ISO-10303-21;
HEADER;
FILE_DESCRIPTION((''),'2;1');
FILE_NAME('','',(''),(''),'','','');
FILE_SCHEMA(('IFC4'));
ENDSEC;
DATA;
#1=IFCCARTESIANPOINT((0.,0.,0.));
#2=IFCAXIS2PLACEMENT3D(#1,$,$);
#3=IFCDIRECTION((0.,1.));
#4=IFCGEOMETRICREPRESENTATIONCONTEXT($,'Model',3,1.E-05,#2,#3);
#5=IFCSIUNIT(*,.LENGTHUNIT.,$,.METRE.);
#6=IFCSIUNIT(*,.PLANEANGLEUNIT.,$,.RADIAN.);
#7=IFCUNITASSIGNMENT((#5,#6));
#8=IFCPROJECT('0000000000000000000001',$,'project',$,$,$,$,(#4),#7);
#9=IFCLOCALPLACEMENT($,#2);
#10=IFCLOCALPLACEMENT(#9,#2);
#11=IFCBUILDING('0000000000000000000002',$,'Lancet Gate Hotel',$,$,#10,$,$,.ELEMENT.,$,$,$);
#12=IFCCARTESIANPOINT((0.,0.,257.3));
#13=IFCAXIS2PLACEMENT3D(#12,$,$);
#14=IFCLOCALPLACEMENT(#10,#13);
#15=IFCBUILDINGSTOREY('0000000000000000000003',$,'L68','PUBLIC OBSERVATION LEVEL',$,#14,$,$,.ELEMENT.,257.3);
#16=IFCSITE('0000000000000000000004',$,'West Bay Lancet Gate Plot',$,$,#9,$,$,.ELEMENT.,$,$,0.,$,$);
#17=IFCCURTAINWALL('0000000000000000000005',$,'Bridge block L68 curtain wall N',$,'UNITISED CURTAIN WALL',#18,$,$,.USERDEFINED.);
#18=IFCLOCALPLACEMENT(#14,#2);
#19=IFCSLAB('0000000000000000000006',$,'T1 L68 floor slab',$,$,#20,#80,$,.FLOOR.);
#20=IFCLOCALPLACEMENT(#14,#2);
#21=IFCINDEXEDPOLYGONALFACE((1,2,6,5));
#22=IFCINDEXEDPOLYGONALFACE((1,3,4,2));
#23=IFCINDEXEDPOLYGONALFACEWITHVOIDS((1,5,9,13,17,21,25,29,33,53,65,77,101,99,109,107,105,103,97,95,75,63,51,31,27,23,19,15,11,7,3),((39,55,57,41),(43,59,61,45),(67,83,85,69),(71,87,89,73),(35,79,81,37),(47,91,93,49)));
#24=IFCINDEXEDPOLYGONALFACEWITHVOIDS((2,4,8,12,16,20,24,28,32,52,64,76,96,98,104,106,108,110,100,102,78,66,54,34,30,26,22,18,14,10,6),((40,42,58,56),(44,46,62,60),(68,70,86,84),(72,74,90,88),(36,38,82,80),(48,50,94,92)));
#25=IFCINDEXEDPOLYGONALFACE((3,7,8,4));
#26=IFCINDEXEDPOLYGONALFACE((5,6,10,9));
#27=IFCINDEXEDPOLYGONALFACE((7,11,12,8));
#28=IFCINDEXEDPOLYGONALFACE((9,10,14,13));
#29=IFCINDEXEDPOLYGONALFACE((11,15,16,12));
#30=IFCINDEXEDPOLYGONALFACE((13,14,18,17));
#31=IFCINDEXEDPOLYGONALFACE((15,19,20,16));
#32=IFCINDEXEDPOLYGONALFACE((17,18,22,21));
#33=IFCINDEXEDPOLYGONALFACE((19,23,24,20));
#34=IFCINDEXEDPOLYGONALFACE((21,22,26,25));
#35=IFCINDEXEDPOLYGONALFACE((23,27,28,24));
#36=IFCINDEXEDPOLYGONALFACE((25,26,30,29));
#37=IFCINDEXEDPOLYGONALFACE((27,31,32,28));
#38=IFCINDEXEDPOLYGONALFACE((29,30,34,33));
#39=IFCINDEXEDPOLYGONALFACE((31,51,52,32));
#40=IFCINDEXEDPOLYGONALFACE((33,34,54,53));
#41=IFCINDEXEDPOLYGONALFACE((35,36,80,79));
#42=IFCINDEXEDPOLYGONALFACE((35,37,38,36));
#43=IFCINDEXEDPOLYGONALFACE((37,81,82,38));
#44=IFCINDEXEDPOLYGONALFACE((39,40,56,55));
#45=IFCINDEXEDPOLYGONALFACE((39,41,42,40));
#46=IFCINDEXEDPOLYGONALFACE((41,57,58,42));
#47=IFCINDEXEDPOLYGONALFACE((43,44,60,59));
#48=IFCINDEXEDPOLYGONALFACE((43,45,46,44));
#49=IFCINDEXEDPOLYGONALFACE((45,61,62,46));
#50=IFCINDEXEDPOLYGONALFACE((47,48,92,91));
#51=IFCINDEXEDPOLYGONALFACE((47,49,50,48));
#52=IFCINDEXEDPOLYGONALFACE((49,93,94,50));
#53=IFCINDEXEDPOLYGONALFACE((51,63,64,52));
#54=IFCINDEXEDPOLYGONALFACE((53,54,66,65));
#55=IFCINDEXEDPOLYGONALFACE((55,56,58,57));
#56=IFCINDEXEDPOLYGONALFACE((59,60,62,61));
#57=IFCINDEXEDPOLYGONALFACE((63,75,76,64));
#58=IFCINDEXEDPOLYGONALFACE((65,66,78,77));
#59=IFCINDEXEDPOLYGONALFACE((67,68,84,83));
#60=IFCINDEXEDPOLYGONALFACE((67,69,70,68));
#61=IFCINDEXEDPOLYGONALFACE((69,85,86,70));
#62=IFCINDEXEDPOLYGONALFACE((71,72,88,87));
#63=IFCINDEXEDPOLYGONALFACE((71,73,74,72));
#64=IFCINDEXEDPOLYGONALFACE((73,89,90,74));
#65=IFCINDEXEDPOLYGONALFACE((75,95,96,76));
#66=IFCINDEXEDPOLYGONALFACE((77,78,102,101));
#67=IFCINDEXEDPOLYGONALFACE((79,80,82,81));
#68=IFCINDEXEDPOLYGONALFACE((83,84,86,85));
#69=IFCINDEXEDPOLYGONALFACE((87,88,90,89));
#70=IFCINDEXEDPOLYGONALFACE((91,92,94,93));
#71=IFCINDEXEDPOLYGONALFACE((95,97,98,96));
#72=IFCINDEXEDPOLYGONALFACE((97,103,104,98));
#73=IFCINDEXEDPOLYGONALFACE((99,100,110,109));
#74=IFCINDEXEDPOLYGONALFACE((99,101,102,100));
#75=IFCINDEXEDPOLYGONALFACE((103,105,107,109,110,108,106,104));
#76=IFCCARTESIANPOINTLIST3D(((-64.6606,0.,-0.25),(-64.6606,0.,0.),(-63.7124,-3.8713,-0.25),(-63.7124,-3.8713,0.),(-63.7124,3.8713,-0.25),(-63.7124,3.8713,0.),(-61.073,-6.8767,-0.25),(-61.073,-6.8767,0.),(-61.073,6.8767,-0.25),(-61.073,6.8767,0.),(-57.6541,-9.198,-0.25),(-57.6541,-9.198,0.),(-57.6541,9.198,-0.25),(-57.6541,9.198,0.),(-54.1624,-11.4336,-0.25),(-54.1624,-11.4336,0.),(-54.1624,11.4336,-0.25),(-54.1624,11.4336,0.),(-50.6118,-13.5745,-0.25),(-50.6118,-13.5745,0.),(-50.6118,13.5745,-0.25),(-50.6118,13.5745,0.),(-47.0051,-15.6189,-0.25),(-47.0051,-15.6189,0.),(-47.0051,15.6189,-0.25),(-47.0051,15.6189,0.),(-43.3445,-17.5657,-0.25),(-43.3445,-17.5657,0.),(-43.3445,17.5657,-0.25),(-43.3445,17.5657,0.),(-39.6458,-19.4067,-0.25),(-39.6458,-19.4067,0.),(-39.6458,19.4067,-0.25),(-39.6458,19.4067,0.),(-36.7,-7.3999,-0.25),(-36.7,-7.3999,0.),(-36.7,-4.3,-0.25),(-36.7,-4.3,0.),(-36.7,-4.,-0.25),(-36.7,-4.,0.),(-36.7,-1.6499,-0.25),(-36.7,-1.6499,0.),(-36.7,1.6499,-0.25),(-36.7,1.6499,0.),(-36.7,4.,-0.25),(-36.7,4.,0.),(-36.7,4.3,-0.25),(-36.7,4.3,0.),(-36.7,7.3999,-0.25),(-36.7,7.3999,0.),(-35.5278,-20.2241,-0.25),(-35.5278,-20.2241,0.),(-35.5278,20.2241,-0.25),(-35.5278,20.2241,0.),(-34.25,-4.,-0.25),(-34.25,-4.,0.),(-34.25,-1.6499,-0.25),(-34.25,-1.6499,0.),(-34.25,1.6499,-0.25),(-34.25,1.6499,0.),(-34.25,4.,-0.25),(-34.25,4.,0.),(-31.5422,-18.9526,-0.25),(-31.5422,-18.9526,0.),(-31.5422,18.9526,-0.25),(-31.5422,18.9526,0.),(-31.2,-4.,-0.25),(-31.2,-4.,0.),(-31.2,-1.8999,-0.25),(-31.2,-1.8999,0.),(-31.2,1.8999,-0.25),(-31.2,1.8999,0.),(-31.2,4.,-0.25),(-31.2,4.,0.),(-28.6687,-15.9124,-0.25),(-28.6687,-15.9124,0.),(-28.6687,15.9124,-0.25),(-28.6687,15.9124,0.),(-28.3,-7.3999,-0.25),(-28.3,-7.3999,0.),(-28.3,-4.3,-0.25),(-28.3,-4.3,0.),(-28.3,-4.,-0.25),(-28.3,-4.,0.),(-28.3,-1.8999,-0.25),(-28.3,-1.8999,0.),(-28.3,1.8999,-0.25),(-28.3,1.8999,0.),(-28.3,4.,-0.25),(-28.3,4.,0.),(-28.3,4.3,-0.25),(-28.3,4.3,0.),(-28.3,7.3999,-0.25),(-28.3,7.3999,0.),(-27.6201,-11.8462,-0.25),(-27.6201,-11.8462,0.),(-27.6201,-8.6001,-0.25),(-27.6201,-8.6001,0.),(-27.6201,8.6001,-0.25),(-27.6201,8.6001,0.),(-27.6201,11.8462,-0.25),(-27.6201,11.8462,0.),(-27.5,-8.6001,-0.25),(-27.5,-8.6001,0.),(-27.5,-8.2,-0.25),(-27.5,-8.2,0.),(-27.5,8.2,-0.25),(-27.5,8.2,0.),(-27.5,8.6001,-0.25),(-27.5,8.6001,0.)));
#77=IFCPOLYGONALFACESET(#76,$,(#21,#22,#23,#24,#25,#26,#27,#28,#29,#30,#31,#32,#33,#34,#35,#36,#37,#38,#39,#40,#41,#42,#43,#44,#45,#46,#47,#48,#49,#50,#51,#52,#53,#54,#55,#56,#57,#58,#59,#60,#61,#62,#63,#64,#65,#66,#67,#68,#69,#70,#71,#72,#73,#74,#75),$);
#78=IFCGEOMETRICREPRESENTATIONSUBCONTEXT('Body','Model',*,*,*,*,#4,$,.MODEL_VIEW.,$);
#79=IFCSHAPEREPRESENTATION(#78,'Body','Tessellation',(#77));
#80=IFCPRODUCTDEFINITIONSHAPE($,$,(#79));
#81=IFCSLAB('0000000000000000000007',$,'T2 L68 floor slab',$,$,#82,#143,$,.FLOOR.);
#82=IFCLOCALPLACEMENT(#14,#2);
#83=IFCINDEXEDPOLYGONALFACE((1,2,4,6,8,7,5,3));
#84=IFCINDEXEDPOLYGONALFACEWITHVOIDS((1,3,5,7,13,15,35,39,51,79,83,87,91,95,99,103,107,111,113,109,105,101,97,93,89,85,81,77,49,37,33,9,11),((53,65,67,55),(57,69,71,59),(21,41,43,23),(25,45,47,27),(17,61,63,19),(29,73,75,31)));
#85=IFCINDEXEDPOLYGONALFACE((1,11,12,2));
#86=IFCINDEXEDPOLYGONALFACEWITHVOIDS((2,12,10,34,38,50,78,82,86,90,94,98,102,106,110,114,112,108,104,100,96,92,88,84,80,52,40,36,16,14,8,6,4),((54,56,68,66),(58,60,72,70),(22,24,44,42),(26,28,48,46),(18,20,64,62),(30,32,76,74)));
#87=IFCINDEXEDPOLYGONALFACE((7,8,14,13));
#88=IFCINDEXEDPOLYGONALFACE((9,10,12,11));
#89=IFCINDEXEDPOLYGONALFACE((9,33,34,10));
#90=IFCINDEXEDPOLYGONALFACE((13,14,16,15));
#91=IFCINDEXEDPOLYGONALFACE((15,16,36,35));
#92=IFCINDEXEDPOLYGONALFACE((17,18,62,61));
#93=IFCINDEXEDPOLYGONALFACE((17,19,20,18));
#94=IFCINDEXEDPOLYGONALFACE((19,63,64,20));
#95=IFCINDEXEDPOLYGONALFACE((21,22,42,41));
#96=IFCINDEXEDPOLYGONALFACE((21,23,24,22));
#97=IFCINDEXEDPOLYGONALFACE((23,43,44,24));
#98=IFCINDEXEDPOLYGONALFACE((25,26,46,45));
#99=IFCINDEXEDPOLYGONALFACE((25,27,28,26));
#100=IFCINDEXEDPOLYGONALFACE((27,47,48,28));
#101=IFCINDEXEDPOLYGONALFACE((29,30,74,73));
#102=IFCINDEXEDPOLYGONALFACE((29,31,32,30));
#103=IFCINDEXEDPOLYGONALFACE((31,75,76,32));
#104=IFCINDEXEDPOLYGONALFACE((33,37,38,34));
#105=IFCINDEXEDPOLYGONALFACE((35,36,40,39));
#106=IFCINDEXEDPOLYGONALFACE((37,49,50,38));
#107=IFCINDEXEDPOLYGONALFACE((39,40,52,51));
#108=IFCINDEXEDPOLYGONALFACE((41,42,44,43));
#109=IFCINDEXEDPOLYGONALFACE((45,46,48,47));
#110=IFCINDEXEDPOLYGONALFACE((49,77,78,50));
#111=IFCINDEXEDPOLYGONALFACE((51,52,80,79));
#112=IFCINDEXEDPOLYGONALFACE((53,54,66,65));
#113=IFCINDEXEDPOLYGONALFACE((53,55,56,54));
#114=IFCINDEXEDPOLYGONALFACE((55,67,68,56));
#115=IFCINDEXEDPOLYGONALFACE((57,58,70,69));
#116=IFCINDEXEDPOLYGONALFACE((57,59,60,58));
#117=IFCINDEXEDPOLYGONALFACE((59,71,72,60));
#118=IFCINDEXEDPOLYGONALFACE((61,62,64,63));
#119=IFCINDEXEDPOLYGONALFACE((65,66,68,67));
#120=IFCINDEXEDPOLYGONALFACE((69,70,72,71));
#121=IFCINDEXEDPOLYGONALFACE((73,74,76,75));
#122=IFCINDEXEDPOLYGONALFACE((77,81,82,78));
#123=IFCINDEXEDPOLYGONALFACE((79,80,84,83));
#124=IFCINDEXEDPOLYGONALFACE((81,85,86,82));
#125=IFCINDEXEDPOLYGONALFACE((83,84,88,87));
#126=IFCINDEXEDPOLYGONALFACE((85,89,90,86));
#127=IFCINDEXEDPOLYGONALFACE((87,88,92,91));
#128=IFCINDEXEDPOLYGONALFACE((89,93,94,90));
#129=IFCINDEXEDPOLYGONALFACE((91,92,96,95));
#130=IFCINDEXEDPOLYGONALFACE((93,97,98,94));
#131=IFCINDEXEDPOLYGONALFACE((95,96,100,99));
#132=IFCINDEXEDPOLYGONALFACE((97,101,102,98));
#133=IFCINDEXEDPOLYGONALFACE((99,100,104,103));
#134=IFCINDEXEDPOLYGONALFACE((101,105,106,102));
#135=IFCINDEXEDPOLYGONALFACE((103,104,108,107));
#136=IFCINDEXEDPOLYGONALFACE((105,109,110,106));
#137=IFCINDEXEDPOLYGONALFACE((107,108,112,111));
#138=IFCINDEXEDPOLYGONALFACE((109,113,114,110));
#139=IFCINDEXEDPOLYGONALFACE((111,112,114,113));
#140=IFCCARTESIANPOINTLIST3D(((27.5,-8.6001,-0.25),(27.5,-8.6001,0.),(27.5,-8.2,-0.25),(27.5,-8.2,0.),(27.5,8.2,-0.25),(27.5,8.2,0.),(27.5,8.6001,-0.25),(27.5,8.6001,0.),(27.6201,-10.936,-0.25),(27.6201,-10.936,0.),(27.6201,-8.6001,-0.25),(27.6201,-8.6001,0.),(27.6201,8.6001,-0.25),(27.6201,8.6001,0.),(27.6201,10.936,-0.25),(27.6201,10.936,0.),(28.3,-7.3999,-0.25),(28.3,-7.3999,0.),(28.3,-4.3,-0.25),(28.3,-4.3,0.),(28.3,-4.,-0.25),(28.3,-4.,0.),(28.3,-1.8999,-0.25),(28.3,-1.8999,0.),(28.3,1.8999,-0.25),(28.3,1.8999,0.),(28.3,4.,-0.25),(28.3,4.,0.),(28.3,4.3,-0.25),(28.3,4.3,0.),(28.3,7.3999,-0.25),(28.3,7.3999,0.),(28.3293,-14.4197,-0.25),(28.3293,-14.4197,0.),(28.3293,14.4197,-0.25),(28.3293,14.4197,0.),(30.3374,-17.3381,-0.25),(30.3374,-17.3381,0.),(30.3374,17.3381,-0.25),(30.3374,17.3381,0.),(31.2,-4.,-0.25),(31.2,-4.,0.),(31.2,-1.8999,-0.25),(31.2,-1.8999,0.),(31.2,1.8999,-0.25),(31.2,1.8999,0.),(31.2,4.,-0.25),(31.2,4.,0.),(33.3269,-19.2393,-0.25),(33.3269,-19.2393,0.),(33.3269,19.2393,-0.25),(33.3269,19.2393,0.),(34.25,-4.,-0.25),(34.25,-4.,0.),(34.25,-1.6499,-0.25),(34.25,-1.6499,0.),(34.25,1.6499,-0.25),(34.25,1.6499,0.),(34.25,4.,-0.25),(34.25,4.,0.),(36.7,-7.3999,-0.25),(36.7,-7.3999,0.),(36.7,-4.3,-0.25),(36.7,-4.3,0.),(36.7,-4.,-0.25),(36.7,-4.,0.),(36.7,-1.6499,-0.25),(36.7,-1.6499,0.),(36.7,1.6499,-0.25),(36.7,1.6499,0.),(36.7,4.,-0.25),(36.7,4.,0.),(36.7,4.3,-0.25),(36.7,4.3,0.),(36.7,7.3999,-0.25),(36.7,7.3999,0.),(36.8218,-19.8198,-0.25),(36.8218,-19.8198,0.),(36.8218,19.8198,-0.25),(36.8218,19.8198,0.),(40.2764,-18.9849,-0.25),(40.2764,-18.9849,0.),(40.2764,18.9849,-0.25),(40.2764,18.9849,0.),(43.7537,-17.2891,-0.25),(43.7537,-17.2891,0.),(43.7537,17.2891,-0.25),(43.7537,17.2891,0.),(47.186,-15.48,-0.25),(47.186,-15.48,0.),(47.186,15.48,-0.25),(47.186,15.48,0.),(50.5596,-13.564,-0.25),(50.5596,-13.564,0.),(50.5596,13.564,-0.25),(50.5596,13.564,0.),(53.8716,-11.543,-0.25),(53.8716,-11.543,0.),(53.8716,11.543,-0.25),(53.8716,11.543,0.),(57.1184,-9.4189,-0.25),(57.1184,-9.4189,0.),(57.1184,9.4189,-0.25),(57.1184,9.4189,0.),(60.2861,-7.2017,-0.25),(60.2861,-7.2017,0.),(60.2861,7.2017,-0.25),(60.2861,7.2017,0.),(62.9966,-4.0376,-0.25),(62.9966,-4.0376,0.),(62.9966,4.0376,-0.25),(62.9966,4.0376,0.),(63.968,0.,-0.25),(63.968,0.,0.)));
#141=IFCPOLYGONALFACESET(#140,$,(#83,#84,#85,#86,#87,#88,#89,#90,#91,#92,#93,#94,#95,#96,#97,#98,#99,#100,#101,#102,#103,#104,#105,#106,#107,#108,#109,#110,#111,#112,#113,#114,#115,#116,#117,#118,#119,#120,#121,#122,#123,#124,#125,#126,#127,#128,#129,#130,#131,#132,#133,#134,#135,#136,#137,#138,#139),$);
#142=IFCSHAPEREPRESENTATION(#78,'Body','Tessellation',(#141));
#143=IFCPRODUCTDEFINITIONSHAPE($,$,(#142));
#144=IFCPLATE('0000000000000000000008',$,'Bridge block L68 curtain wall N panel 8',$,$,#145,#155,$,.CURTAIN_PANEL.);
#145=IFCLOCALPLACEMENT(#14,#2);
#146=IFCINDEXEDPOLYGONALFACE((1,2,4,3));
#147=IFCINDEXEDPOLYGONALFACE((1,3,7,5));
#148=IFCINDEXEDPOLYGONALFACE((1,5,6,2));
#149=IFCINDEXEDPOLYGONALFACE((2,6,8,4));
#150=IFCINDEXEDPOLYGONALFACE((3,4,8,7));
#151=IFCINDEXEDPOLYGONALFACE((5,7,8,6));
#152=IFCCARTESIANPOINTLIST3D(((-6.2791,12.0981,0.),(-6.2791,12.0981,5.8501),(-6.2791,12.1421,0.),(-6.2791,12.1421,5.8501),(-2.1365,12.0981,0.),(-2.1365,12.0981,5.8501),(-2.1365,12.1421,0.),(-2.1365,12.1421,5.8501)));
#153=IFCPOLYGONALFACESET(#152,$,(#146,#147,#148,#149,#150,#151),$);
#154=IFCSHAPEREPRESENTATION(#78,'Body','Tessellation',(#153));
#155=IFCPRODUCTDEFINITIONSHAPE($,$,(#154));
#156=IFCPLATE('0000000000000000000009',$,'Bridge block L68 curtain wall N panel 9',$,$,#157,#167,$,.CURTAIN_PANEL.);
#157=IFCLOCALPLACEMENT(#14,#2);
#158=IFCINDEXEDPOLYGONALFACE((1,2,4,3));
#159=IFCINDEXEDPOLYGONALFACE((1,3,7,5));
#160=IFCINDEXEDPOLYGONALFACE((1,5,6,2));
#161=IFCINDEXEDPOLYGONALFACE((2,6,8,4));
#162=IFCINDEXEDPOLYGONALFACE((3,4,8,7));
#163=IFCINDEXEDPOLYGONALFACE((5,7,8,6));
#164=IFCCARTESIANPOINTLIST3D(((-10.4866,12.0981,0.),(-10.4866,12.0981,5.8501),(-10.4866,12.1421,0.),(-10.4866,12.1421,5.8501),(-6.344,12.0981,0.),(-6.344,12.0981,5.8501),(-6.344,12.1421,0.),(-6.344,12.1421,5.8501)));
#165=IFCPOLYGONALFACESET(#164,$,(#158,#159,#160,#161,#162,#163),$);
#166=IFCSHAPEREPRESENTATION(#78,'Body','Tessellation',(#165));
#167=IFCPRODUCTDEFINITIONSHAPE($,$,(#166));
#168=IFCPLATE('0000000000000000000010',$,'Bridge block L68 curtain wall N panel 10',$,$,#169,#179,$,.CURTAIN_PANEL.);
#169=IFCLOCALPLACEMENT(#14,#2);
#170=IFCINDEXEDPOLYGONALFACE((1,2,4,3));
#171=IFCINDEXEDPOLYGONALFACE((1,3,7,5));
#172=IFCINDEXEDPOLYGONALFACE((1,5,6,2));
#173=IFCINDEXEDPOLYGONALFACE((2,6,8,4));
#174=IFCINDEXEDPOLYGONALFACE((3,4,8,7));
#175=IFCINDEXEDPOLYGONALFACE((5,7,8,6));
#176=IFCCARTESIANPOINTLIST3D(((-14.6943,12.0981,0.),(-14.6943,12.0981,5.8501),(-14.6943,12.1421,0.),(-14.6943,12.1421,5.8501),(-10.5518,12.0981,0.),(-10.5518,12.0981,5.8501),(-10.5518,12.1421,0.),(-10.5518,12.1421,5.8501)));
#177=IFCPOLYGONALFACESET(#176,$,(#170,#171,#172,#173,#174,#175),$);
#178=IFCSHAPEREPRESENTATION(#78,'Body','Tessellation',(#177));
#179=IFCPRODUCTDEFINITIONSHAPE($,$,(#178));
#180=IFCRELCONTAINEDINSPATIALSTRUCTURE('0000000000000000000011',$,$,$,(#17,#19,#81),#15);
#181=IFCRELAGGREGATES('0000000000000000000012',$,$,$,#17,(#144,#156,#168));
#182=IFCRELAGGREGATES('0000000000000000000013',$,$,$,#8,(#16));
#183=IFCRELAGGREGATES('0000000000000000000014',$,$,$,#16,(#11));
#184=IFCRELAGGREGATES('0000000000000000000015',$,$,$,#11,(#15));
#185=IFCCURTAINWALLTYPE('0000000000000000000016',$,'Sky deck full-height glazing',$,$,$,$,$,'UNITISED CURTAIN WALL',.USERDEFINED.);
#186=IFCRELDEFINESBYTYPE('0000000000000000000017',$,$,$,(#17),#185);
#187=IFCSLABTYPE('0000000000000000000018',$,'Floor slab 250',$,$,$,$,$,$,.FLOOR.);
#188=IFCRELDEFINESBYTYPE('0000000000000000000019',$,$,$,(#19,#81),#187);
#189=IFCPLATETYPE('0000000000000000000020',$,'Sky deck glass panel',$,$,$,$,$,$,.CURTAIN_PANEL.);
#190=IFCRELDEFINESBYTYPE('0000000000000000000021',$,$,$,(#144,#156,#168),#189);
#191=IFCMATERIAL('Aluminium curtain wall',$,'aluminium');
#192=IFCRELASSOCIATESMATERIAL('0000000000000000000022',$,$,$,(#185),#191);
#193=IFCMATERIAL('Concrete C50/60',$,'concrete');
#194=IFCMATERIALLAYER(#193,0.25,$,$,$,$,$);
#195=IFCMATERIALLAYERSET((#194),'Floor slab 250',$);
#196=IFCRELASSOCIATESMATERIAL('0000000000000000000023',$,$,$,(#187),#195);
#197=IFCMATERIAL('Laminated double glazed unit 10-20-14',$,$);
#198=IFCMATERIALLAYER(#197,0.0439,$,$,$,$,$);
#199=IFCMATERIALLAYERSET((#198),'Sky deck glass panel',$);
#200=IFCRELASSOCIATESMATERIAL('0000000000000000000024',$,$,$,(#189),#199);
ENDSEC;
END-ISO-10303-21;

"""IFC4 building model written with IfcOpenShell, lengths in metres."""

from ifc_helpers import new_model, si_unit, direction, frame, origin, origin_2d, place, context, subcontext, project, spatial, polyline, rectangle, outline, extrude, material, layer, layer_set, type_object, element, aggregate, save


model = new_model("IFC4")

# Units and contexts
model_context = context("Model", 3, precision=1e-05, world=origin(), true_north=direction((0.0, 1.0)))
body_context = subcontext(model_context, "Body", "Model", "MODEL_VIEW")
ifc_project = project(units=[si_unit("LENGTHUNIT", "METRE"), si_unit("PLANEANGLEUNIT", "RADIAN")], contexts=[model_context])

# Site, building, storey
site_placement = place(None, origin())
site = spatial("IfcSite", under=ifc_project, at=site_placement, Name="West Bay Lancet Gate Plot", CompositionType="ELEMENT", RefElevation=0.0)
building_placement = place(site_placement, origin())
building = spatial("IfcBuilding", under=site, at=building_placement, Name="Lancet Gate Hotel", CompositionType="ELEMENT")
storey_placement = place(building_placement, frame((0.0, 0.0, 257.3)))
storey = spatial("IfcBuildingStorey", under=building, at=storey_placement, Name="L68", Description="PUBLIC OBSERVATION LEVEL", CompositionType="ELEMENT", Elevation=257.3)

# Curtain wall
ifc_material_1 = material(Name="Aluminium curtain wall", Category="aluminium")
curtain_wall_type = type_object("IfcCurtainWallType", Name="Sky deck full-height glazing", ElementType="UNITISED CURTAIN WALL", PredefinedType="USERDEFINED", material=ifc_material_1)
curtain_wall_placement = place(storey_placement, origin())
curtain_wall = element("IfcCurtainWall", 1, at=curtain_wall_placement, inside=storey, type_object=curtain_wall_type, Name="Bridge block L68 curtain wall N", ObjectType="UNITISED CURTAIN WALL", PredefinedType="USERDEFINED")

# Slabs
ifc_material_2 = material(Name="Concrete C50/60", Category="concrete")
ifc_layer_1 = layer(ifc_material_2, 0.25)
ifc_layer_set_1 = layer_set([ifc_layer_1], Name="Floor slab 250")
slab_type_1 = type_object("IfcSlabType", Name="Floor slab 250", PredefinedType="FLOOR", material=ifc_layer_set_1)
slab_1_placement = place(storey_placement, frame((0.0, 0.0, -0.25)))
element("IfcSlab", 2, at=slab_1_placement, inside=storey, type_object=slab_type_1, Name="T1 L68 floor slab", PredefinedType="FLOOR", context=body_context, shape_type="SweptSolid", body=[
    extrude(outline(polyline([(-27.6201, 8.6001), (-27.6201, 11.8462), (-28.6687, 15.9124), (-31.5422, 18.9526), (-35.5278, 20.2241), (-39.6458, 19.4067), (-43.3445, 17.5657), (-47.0051, 15.6189), (-50.6118, 13.5745), (-54.1624, 11.4336), (-57.6541, 9.198), (-61.073, 6.8767), (-63.7124, 3.8713), (-64.6606, 0.0), (-63.7124, -3.8713), (-61.073, -6.8767), (-57.6541, -9.198), (-54.1624, -11.4336), (-50.6118, -13.5745), (-47.0051, -15.6189), (-43.3445, -17.5657), (-39.6458, -19.4067), (-35.5278, -20.2241), (-31.5422, -18.9526), (-28.6687, -15.9124), (-27.6201, -11.8462), (-27.6201, -8.6001), (-27.5, -8.6001), (-27.5, -8.2), (-27.5, 8.2), (-27.5, 8.6001), (-27.6201, 8.6001)]), holes=[polyline([(-28.3, 7.3999), (-36.7, 7.3999), (-36.7, 4.3), (-28.3, 4.3), (-28.3, 7.3999)]), polyline([(-28.3, 1.8999), (-28.3, 4.0), (-31.2, 4.0), (-31.2, 1.8999), (-28.3, 1.8999)]), polyline([(-34.25, 1.6499), (-34.25, 4.0), (-36.7, 4.0), (-36.7, 1.6499), (-34.25, 1.6499)]), polyline([(-34.25, -1.6499), (-36.7, -1.6499), (-36.7, -4.0), (-34.25, -4.0), (-34.25, -1.6499)]), polyline([(-28.3, -4.0), (-28.3, -1.8999), (-31.2, -1.8999), (-31.2, -4.0), (-28.3, -4.0)]), polyline([(-28.3, -7.3999), (-28.3, -4.3), (-36.7, -4.3), (-36.7, -7.3999), (-28.3, -7.3999)])]), origin(), (0.0, 0.0, 1.0), 0.25),
])
slab_2_placement = place(storey_placement, frame((0.0, 0.0, -0.25)))
element("IfcSlab", 3, at=slab_2_placement, inside=storey, type_object=slab_type_1, Name="T2 L68 floor slab", PredefinedType="FLOOR", context=body_context, shape_type="SweptSolid", body=[
    extrude(outline(polyline([(27.6201, -8.6001), (27.6201, -10.936), (28.3293, -14.4197), (30.3374, -17.3381), (33.3269, -19.2393), (36.8218, -19.8198), (40.2764, -18.9849), (43.7537, -17.2891), (47.186, -15.48), (50.5596, -13.564), (53.8716, -11.543), (57.1184, -9.4189), (60.2861, -7.2017), (62.9966, -4.0376), (63.968, 0.0), (62.9966, 4.0376), (60.2861, 7.2017), (57.1184, 9.4189), (53.8716, 11.543), (50.5596, 13.564), (47.186, 15.48), (43.7537, 17.2891), (40.2764, 18.9849), (36.8218, 19.8198), (33.3269, 19.2393), (30.3374, 17.3381), (28.3293, 14.4197), (27.6201, 10.936), (27.6201, 8.6001), (27.5, 8.6001), (27.5, 8.2), (27.5, -8.2), (27.5, -8.6001), (27.6201, -8.6001)]), holes=[polyline([(28.3, -7.3999), (36.7, -7.3999), (36.7, -4.3), (28.3, -4.3), (28.3, -7.3999)]), polyline([(28.3, -1.8999), (28.3, -4.0), (31.2, -4.0), (31.2, -1.8999), (28.3, -1.8999)]), polyline([(34.25, -1.6499), (34.25, -4.0), (36.7, -4.0), (36.7, -1.6499), (34.25, -1.6499)]), polyline([(34.25, 1.6499), (36.7, 1.6499), (36.7, 4.0), (34.25, 4.0), (34.25, 1.6499)]), polyline([(28.3, 4.0), (28.3, 1.8999), (31.2, 1.8999), (31.2, 4.0), (28.3, 4.0)]), polyline([(28.3, 7.3999), (28.3, 4.3), (36.7, 4.3), (36.7, 7.3999), (28.3, 7.3999)])]), origin(), (0.0, 0.0, 1.0), 0.25),
])

# Plates
ifc_material_3 = material(Name="Laminated double glazed unit 10-20-14")
ifc_layer_2 = layer(ifc_material_3, 0.0439)
ifc_layer_set_2 = layer_set([ifc_layer_2], Name="Sky deck glass panel")
plate_type = type_object("IfcPlateType", Name="Sky deck glass panel", PredefinedType="CURTAIN_PANEL", material=ifc_layer_set_2)
plate_1_placement = place(storey_placement, frame((-4.2078, 12.1201, 0.0), z_axis=(0.0, 0.0, 1.0), x_axis=(-1.0, 0.0, 0.0)))
plate_1 = element("IfcPlate", 4, at=plate_1_placement, type_object=plate_type, Name="Bridge block L68 curtain wall N panel 8", PredefinedType="CURTAIN_PANEL", context=body_context, shape_type="SweptSolid", body=[
    extrude(rectangle(XDim=4.1426, YDim=0.0439, at=origin_2d()), origin(), (0.0, 0.0, 1.0), 5.8501),
])
plate_2_placement = place(storey_placement, frame((-8.4153, 12.1201, 0.0), z_axis=(0.0, 0.0, 1.0), x_axis=(-1.0, 0.0, 0.0)))
plate_2 = element("IfcPlate", 5, at=plate_2_placement, type_object=plate_type, Name="Bridge block L68 curtain wall N panel 9", PredefinedType="CURTAIN_PANEL", context=body_context, shape_type="SweptSolid", body=[
    extrude(rectangle(XDim=4.1426, YDim=0.0439, at=origin_2d()), origin(), (0.0, 0.0, 1.0), 5.8501),
])
plate_3_placement = place(storey_placement, frame((-12.623, 12.1201, 0.0), z_axis=(0.0, 0.0, 1.0), x_axis=(-1.0, 0.0, 0.0)))
plate_3 = element("IfcPlate", 6, at=plate_3_placement, type_object=plate_type, Name="Bridge block L68 curtain wall N panel 10", PredefinedType="CURTAIN_PANEL", context=body_context, shape_type="SweptSolid", body=[
    extrude(rectangle(XDim=4.1426, YDim=0.0439, at=origin_2d()), origin(), (0.0, 0.0, 1.0), 5.8501),
])
aggregate(curtain_wall, [plate_1, plate_2, plate_3])

save(model, "model.ifc")
